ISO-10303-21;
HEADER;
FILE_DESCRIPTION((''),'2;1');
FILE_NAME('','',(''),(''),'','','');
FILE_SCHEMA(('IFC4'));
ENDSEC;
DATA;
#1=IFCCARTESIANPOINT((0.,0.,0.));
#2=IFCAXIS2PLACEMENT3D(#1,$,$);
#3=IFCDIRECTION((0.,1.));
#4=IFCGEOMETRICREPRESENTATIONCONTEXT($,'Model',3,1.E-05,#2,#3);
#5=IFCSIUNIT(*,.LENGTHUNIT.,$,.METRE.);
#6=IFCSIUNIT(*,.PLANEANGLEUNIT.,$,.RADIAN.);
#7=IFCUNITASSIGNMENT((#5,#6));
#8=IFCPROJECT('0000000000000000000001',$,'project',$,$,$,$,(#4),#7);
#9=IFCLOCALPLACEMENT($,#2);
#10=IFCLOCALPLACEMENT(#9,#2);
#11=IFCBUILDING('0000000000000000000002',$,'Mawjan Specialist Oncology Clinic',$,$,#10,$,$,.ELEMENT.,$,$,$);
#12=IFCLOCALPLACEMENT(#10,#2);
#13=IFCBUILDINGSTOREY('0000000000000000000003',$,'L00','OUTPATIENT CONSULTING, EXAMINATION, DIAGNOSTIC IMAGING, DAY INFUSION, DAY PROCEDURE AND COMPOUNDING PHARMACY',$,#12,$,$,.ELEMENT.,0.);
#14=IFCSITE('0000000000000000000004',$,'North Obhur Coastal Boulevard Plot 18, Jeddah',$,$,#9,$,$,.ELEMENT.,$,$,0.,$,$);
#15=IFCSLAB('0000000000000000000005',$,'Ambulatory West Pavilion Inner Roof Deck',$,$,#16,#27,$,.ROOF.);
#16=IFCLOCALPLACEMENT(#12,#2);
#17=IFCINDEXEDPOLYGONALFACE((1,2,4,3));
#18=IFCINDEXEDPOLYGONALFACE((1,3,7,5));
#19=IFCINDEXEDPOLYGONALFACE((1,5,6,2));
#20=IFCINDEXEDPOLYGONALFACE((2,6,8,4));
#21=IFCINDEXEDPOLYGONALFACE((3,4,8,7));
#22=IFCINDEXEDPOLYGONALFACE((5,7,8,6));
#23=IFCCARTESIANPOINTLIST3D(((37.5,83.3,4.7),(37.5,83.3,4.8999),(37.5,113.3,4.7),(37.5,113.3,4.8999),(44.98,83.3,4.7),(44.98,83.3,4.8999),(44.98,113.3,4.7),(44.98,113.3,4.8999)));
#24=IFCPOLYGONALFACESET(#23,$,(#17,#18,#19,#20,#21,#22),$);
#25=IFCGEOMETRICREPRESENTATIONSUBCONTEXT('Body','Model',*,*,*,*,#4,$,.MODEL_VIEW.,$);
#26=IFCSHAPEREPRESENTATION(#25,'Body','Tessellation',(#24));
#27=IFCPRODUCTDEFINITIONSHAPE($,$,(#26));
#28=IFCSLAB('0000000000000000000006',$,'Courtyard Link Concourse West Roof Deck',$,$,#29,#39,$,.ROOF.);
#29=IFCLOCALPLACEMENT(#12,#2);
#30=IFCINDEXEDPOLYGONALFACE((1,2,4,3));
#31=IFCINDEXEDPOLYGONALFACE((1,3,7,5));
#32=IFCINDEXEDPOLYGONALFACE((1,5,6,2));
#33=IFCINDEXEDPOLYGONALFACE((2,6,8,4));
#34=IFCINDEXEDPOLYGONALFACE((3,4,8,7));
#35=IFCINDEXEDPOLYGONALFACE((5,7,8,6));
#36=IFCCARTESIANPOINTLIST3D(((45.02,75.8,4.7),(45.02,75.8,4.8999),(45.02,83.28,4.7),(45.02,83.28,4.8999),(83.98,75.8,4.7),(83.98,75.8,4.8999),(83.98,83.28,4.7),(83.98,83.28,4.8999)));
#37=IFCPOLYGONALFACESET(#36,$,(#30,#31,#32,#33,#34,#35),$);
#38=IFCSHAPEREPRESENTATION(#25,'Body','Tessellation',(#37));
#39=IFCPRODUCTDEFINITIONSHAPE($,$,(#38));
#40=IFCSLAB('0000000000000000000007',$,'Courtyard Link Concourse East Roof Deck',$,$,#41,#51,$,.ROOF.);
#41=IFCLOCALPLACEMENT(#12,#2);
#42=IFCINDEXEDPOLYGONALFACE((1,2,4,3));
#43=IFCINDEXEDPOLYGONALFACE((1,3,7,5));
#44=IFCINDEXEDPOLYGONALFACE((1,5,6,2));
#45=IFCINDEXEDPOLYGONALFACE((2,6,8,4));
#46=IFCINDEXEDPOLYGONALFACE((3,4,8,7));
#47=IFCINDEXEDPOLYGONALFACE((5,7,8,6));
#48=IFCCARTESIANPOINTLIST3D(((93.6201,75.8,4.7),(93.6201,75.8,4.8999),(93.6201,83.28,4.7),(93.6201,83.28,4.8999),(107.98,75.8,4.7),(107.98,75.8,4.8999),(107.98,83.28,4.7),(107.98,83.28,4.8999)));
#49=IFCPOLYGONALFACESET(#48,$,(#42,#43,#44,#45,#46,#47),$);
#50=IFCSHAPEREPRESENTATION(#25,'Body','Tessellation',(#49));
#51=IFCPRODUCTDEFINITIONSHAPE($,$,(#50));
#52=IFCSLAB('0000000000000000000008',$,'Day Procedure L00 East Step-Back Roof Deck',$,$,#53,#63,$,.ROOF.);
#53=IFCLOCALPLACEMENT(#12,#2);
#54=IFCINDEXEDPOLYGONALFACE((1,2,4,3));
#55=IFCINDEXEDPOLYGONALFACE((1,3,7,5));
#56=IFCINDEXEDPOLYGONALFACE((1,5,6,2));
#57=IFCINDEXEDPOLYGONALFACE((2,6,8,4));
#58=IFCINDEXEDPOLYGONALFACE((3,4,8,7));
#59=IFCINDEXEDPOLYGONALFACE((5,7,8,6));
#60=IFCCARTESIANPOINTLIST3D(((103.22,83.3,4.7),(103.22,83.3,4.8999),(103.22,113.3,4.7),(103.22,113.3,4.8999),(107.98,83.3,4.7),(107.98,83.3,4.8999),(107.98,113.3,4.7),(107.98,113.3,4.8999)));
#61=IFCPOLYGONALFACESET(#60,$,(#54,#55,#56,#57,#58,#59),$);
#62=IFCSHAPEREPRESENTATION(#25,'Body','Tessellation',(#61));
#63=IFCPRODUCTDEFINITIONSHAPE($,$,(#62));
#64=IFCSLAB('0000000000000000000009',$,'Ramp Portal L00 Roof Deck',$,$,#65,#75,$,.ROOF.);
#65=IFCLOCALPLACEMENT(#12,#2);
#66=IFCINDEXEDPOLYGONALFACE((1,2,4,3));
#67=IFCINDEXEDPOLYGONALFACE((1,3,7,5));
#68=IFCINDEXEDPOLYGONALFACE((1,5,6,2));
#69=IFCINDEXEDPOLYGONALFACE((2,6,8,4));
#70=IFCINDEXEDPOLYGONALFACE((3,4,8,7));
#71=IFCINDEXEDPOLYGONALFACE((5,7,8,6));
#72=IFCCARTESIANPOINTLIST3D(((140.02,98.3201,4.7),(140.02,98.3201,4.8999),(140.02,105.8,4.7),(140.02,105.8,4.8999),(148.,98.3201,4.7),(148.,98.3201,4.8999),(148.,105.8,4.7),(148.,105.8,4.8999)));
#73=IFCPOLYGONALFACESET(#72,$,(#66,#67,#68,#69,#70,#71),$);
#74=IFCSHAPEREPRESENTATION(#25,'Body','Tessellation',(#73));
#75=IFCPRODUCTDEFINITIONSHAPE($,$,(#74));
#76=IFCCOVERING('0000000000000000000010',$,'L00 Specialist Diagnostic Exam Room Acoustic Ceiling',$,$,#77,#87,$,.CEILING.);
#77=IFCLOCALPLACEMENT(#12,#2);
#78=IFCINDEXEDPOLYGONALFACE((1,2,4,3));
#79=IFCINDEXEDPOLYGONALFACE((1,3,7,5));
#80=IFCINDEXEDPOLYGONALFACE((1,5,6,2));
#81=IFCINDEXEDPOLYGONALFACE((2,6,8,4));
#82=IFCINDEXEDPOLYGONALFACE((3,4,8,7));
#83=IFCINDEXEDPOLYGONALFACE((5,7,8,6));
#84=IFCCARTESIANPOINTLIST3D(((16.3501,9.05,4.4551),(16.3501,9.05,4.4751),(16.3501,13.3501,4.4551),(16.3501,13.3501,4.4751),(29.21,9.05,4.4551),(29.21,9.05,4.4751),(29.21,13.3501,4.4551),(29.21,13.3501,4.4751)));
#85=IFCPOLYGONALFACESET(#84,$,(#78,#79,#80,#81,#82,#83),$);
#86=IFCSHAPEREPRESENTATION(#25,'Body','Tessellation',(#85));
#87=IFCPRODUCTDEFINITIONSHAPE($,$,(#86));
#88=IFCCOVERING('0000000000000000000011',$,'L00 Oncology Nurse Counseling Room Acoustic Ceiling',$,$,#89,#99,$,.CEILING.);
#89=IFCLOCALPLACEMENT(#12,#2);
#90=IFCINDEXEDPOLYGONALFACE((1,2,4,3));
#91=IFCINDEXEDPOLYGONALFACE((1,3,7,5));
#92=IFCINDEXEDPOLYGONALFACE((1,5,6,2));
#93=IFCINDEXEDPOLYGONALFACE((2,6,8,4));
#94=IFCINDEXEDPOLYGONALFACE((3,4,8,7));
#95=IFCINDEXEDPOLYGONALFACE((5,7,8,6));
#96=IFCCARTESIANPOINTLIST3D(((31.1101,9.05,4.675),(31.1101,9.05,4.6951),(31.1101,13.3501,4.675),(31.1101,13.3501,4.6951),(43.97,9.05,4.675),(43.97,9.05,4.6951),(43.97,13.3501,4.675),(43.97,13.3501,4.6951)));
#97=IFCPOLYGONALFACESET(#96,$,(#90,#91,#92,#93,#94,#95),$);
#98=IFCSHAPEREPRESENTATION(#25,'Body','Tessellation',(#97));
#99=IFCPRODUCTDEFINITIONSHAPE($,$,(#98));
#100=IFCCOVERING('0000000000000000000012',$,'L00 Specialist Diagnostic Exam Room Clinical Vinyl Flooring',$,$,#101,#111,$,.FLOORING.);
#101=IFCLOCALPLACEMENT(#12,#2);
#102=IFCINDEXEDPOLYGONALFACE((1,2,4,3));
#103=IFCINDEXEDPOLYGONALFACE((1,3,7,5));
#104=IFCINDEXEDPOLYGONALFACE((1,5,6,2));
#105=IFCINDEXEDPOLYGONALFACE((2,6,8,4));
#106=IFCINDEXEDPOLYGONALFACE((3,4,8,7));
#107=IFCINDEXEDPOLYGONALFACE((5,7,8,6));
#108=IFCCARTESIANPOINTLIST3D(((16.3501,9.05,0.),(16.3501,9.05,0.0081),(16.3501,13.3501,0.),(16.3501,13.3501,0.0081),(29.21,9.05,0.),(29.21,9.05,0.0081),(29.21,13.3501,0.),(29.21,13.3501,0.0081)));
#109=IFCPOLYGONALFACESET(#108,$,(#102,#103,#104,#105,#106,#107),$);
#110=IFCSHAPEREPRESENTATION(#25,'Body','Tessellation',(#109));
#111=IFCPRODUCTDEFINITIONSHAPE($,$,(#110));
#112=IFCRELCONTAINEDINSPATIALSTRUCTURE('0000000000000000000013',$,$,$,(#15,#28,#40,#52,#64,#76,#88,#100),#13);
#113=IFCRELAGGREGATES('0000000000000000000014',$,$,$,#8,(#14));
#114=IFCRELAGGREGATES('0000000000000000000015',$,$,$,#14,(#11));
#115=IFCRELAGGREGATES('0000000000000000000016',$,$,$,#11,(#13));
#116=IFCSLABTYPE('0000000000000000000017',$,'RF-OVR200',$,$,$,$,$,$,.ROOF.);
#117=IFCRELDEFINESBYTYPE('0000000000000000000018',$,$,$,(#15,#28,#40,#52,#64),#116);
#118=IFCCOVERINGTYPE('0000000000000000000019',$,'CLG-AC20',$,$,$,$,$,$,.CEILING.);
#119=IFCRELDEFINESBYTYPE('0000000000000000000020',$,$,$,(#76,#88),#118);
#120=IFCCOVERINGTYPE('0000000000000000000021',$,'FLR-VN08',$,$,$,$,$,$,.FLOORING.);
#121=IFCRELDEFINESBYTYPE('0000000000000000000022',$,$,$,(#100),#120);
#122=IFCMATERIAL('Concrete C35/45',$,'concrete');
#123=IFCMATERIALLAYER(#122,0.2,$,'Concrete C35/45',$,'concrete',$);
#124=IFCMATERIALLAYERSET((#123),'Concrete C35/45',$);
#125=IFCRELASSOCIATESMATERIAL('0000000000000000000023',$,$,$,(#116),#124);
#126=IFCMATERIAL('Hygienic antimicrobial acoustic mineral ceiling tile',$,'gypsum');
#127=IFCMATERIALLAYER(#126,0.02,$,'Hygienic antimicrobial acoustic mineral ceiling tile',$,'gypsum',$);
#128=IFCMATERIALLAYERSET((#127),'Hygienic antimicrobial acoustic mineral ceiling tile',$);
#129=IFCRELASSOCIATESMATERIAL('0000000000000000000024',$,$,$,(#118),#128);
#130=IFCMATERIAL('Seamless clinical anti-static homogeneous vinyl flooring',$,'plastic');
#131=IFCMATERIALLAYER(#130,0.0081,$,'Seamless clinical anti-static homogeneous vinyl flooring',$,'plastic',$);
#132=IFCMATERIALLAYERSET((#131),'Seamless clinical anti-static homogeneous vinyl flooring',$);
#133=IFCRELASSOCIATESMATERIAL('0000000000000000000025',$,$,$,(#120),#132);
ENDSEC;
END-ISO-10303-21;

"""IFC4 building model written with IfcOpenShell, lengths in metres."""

from ifc_helpers import new_model, si_unit, direction, frame, origin, place, context, subcontext, project, spatial, polyline, outline, extrude, material, layer, layer_set, type_object, element, save


model = new_model("IFC4")

# Units and contexts
model_context = context("Model", 3, precision=1e-05, world=origin(), true_north=direction((0.0, 1.0)))
body_context = subcontext(model_context, "Body", "Model", "MODEL_VIEW")
ifc_project = project(units=[si_unit("LENGTHUNIT", "METRE"), si_unit("PLANEANGLEUNIT", "RADIAN")], contexts=[model_context])

# Site, building, storey
site_placement = place(None, origin())
site = spatial("IfcSite", under=ifc_project, at=site_placement, Name="North Obhur Coastal Boulevard Plot 18, Jeddah", CompositionType="ELEMENT", RefElevation=0.0)
building_placement = place(site_placement, origin())
building = spatial("IfcBuilding", under=site, at=building_placement, Name="Mawjan Specialist Oncology Clinic", CompositionType="ELEMENT")
storey_placement = place(building_placement, origin())
storey = spatial("IfcBuildingStorey", under=building, at=storey_placement, Name="L00", Description="OUTPATIENT CONSULTING, EXAMINATION, DIAGNOSTIC IMAGING, DAY INFUSION, DAY PROCEDURE AND COMPOUNDING PHARMACY", CompositionType="ELEMENT", Elevation=0.0)

# Slabs
ifc_material_1 = material(Name="Concrete C35/45", Category="concrete")
ifc_layer_1 = layer(ifc_material_1, 0.2, Name="Concrete C35/45", Category="concrete")
ifc_layer_set_1 = layer_set([ifc_layer_1], Name="Concrete C35/45")
slab_type_1 = type_object("IfcSlabType", Name="RF-OVR200", PredefinedType="ROOF", material=ifc_layer_set_1)
slab_1_placement = place(storey_placement, frame((0.0, 0.0, 4.7)))
element("IfcSlab", 1, at=slab_1_placement, inside=storey, type_object=slab_type_1, Name="Ambulatory West Pavilion Inner Roof Deck", PredefinedType="ROOF", context=body_context, shape_type="SweptSolid", body=[
    extrude(outline(polyline([(37.5, 83.3), (44.98, 83.3), (44.98, 113.3), (37.5, 113.3), (37.5, 83.3)])), origin(), (0.0, 0.0, 1.0), 0.2),
])
slab_2_placement = place(storey_placement, frame((0.0, 0.0, 4.7)))
element("IfcSlab", 2, at=slab_2_placement, inside=storey, type_object=slab_type_1, Name="Courtyard Link Concourse West Roof Deck", PredefinedType="ROOF", context=body_context, shape_type="SweptSolid", body=[
    extrude(outline(polyline([(45.02, 75.8), (83.98, 75.8), (83.98, 83.28), (45.02, 83.28), (45.02, 75.8)])), origin(), (0.0, 0.0, 1.0), 0.2),
])
slab_3_placement = place(storey_placement, frame((0.0, 0.0, 4.7)))
element("IfcSlab", 3, at=slab_3_placement, inside=storey, type_object=slab_type_1, Name="Courtyard Link Concourse East Roof Deck", PredefinedType="ROOF", context=body_context, shape_type="SweptSolid", body=[
    extrude(outline(polyline([(93.6201, 75.8), (107.98, 75.8), (107.98, 83.28), (93.6201, 83.28), (93.6201, 75.8)])), origin(), (0.0, 0.0, 1.0), 0.2),
])
slab_4_placement = place(storey_placement, frame((0.0, 0.0, 4.7)))
element("IfcSlab", 4, at=slab_4_placement, inside=storey, type_object=slab_type_1, Name="Day Procedure L00 East Step-Back Roof Deck", PredefinedType="ROOF", context=body_context, shape_type="SweptSolid", body=[
    extrude(outline(polyline([(103.22, 83.3), (107.98, 83.3), (107.98, 113.3), (103.22, 113.3), (103.22, 83.3)])), origin(), (0.0, 0.0, 1.0), 0.2),
])
slab_5_placement = place(storey_placement, frame((0.0, 0.0, 4.7)))
element("IfcSlab", 5, at=slab_5_placement, inside=storey, type_object=slab_type_1, Name="Ramp Portal L00 Roof Deck", PredefinedType="ROOF", context=body_context, shape_type="SweptSolid", body=[
    extrude(outline(polyline([(140.02, 98.3201), (148.0, 98.3201), (148.0, 105.8), (140.02, 105.8), (140.02, 98.3201)])), origin(), (0.0, 0.0, 1.0), 0.2),
])

# Coverings
ifc_material_2 = material(Name="Hygienic antimicrobial acoustic mineral ceiling tile", Category="gypsum")
ifc_layer_2 = layer(ifc_material_2, 0.02, Name="Hygienic antimicrobial acoustic mineral ceiling tile", Category="gypsum")
ifc_layer_set_2 = layer_set([ifc_layer_2], Name="Hygienic antimicrobial acoustic mineral ceiling tile")
covering_type_1 = type_object("IfcCoveringType", Name="CLG-AC20", PredefinedType="CEILING", material=ifc_layer_set_2)
covering_1_placement = place(storey_placement, frame((0.0, 0.0, 4.4551)))
element("IfcCovering", 6, at=covering_1_placement, inside=storey, type_object=covering_type_1, Name="L00 Specialist Diagnostic Exam Room Acoustic Ceiling", PredefinedType="CEILING", context=body_context, shape_type="SweptSolid", body=[
    extrude(outline(polyline([(16.3501, 13.3501), (29.21, 13.3501), (29.21, 9.05), (16.3501, 9.05), (16.3501, 13.3501)])), origin(), (0.0, 0.0, 1.0), 0.02),
])
covering_2_placement = place(storey_placement, frame((0.0, 0.0, 4.675)))
element("IfcCovering", 7, at=covering_2_placement, inside=storey, type_object=covering_type_1, Name="L00 Oncology Nurse Counseling Room Acoustic Ceiling", PredefinedType="CEILING", context=body_context, shape_type="SweptSolid", body=[
    extrude(outline(polyline([(31.1101, 13.3501), (43.97, 13.3501), (43.97, 9.05), (31.1101, 9.05), (31.1101, 13.3501)])), origin(), (0.0, 0.0, 1.0), 0.02),
])
ifc_material_3 = material(Name="Seamless clinical anti-static homogeneous vinyl flooring", Category="plastic")
ifc_layer_3 = layer(ifc_material_3, 0.0081, Name="Seamless clinical anti-static homogeneous vinyl flooring", Category="plastic")
ifc_layer_set_3 = layer_set([ifc_layer_3], Name="Seamless clinical anti-static homogeneous vinyl flooring")
covering_type_2 = type_object("IfcCoveringType", Name="FLR-VN08", PredefinedType="FLOORING", material=ifc_layer_set_3)
covering_3_placement = place(storey_placement, origin())
element("IfcCovering", 8, at=covering_3_placement, inside=storey, type_object=covering_type_2, Name="L00 Specialist Diagnostic Exam Room Clinical Vinyl Flooring", PredefinedType="FLOORING", context=body_context, shape_type="SweptSolid", body=[
    extrude(outline(polyline([(16.3501, 13.3501), (29.21, 13.3501), (29.21, 9.05), (16.3501, 9.05), (16.3501, 13.3501)])), origin(), (0.0, 0.0, 1.0), 0.0081),
])

save(model, "model.ifc")
